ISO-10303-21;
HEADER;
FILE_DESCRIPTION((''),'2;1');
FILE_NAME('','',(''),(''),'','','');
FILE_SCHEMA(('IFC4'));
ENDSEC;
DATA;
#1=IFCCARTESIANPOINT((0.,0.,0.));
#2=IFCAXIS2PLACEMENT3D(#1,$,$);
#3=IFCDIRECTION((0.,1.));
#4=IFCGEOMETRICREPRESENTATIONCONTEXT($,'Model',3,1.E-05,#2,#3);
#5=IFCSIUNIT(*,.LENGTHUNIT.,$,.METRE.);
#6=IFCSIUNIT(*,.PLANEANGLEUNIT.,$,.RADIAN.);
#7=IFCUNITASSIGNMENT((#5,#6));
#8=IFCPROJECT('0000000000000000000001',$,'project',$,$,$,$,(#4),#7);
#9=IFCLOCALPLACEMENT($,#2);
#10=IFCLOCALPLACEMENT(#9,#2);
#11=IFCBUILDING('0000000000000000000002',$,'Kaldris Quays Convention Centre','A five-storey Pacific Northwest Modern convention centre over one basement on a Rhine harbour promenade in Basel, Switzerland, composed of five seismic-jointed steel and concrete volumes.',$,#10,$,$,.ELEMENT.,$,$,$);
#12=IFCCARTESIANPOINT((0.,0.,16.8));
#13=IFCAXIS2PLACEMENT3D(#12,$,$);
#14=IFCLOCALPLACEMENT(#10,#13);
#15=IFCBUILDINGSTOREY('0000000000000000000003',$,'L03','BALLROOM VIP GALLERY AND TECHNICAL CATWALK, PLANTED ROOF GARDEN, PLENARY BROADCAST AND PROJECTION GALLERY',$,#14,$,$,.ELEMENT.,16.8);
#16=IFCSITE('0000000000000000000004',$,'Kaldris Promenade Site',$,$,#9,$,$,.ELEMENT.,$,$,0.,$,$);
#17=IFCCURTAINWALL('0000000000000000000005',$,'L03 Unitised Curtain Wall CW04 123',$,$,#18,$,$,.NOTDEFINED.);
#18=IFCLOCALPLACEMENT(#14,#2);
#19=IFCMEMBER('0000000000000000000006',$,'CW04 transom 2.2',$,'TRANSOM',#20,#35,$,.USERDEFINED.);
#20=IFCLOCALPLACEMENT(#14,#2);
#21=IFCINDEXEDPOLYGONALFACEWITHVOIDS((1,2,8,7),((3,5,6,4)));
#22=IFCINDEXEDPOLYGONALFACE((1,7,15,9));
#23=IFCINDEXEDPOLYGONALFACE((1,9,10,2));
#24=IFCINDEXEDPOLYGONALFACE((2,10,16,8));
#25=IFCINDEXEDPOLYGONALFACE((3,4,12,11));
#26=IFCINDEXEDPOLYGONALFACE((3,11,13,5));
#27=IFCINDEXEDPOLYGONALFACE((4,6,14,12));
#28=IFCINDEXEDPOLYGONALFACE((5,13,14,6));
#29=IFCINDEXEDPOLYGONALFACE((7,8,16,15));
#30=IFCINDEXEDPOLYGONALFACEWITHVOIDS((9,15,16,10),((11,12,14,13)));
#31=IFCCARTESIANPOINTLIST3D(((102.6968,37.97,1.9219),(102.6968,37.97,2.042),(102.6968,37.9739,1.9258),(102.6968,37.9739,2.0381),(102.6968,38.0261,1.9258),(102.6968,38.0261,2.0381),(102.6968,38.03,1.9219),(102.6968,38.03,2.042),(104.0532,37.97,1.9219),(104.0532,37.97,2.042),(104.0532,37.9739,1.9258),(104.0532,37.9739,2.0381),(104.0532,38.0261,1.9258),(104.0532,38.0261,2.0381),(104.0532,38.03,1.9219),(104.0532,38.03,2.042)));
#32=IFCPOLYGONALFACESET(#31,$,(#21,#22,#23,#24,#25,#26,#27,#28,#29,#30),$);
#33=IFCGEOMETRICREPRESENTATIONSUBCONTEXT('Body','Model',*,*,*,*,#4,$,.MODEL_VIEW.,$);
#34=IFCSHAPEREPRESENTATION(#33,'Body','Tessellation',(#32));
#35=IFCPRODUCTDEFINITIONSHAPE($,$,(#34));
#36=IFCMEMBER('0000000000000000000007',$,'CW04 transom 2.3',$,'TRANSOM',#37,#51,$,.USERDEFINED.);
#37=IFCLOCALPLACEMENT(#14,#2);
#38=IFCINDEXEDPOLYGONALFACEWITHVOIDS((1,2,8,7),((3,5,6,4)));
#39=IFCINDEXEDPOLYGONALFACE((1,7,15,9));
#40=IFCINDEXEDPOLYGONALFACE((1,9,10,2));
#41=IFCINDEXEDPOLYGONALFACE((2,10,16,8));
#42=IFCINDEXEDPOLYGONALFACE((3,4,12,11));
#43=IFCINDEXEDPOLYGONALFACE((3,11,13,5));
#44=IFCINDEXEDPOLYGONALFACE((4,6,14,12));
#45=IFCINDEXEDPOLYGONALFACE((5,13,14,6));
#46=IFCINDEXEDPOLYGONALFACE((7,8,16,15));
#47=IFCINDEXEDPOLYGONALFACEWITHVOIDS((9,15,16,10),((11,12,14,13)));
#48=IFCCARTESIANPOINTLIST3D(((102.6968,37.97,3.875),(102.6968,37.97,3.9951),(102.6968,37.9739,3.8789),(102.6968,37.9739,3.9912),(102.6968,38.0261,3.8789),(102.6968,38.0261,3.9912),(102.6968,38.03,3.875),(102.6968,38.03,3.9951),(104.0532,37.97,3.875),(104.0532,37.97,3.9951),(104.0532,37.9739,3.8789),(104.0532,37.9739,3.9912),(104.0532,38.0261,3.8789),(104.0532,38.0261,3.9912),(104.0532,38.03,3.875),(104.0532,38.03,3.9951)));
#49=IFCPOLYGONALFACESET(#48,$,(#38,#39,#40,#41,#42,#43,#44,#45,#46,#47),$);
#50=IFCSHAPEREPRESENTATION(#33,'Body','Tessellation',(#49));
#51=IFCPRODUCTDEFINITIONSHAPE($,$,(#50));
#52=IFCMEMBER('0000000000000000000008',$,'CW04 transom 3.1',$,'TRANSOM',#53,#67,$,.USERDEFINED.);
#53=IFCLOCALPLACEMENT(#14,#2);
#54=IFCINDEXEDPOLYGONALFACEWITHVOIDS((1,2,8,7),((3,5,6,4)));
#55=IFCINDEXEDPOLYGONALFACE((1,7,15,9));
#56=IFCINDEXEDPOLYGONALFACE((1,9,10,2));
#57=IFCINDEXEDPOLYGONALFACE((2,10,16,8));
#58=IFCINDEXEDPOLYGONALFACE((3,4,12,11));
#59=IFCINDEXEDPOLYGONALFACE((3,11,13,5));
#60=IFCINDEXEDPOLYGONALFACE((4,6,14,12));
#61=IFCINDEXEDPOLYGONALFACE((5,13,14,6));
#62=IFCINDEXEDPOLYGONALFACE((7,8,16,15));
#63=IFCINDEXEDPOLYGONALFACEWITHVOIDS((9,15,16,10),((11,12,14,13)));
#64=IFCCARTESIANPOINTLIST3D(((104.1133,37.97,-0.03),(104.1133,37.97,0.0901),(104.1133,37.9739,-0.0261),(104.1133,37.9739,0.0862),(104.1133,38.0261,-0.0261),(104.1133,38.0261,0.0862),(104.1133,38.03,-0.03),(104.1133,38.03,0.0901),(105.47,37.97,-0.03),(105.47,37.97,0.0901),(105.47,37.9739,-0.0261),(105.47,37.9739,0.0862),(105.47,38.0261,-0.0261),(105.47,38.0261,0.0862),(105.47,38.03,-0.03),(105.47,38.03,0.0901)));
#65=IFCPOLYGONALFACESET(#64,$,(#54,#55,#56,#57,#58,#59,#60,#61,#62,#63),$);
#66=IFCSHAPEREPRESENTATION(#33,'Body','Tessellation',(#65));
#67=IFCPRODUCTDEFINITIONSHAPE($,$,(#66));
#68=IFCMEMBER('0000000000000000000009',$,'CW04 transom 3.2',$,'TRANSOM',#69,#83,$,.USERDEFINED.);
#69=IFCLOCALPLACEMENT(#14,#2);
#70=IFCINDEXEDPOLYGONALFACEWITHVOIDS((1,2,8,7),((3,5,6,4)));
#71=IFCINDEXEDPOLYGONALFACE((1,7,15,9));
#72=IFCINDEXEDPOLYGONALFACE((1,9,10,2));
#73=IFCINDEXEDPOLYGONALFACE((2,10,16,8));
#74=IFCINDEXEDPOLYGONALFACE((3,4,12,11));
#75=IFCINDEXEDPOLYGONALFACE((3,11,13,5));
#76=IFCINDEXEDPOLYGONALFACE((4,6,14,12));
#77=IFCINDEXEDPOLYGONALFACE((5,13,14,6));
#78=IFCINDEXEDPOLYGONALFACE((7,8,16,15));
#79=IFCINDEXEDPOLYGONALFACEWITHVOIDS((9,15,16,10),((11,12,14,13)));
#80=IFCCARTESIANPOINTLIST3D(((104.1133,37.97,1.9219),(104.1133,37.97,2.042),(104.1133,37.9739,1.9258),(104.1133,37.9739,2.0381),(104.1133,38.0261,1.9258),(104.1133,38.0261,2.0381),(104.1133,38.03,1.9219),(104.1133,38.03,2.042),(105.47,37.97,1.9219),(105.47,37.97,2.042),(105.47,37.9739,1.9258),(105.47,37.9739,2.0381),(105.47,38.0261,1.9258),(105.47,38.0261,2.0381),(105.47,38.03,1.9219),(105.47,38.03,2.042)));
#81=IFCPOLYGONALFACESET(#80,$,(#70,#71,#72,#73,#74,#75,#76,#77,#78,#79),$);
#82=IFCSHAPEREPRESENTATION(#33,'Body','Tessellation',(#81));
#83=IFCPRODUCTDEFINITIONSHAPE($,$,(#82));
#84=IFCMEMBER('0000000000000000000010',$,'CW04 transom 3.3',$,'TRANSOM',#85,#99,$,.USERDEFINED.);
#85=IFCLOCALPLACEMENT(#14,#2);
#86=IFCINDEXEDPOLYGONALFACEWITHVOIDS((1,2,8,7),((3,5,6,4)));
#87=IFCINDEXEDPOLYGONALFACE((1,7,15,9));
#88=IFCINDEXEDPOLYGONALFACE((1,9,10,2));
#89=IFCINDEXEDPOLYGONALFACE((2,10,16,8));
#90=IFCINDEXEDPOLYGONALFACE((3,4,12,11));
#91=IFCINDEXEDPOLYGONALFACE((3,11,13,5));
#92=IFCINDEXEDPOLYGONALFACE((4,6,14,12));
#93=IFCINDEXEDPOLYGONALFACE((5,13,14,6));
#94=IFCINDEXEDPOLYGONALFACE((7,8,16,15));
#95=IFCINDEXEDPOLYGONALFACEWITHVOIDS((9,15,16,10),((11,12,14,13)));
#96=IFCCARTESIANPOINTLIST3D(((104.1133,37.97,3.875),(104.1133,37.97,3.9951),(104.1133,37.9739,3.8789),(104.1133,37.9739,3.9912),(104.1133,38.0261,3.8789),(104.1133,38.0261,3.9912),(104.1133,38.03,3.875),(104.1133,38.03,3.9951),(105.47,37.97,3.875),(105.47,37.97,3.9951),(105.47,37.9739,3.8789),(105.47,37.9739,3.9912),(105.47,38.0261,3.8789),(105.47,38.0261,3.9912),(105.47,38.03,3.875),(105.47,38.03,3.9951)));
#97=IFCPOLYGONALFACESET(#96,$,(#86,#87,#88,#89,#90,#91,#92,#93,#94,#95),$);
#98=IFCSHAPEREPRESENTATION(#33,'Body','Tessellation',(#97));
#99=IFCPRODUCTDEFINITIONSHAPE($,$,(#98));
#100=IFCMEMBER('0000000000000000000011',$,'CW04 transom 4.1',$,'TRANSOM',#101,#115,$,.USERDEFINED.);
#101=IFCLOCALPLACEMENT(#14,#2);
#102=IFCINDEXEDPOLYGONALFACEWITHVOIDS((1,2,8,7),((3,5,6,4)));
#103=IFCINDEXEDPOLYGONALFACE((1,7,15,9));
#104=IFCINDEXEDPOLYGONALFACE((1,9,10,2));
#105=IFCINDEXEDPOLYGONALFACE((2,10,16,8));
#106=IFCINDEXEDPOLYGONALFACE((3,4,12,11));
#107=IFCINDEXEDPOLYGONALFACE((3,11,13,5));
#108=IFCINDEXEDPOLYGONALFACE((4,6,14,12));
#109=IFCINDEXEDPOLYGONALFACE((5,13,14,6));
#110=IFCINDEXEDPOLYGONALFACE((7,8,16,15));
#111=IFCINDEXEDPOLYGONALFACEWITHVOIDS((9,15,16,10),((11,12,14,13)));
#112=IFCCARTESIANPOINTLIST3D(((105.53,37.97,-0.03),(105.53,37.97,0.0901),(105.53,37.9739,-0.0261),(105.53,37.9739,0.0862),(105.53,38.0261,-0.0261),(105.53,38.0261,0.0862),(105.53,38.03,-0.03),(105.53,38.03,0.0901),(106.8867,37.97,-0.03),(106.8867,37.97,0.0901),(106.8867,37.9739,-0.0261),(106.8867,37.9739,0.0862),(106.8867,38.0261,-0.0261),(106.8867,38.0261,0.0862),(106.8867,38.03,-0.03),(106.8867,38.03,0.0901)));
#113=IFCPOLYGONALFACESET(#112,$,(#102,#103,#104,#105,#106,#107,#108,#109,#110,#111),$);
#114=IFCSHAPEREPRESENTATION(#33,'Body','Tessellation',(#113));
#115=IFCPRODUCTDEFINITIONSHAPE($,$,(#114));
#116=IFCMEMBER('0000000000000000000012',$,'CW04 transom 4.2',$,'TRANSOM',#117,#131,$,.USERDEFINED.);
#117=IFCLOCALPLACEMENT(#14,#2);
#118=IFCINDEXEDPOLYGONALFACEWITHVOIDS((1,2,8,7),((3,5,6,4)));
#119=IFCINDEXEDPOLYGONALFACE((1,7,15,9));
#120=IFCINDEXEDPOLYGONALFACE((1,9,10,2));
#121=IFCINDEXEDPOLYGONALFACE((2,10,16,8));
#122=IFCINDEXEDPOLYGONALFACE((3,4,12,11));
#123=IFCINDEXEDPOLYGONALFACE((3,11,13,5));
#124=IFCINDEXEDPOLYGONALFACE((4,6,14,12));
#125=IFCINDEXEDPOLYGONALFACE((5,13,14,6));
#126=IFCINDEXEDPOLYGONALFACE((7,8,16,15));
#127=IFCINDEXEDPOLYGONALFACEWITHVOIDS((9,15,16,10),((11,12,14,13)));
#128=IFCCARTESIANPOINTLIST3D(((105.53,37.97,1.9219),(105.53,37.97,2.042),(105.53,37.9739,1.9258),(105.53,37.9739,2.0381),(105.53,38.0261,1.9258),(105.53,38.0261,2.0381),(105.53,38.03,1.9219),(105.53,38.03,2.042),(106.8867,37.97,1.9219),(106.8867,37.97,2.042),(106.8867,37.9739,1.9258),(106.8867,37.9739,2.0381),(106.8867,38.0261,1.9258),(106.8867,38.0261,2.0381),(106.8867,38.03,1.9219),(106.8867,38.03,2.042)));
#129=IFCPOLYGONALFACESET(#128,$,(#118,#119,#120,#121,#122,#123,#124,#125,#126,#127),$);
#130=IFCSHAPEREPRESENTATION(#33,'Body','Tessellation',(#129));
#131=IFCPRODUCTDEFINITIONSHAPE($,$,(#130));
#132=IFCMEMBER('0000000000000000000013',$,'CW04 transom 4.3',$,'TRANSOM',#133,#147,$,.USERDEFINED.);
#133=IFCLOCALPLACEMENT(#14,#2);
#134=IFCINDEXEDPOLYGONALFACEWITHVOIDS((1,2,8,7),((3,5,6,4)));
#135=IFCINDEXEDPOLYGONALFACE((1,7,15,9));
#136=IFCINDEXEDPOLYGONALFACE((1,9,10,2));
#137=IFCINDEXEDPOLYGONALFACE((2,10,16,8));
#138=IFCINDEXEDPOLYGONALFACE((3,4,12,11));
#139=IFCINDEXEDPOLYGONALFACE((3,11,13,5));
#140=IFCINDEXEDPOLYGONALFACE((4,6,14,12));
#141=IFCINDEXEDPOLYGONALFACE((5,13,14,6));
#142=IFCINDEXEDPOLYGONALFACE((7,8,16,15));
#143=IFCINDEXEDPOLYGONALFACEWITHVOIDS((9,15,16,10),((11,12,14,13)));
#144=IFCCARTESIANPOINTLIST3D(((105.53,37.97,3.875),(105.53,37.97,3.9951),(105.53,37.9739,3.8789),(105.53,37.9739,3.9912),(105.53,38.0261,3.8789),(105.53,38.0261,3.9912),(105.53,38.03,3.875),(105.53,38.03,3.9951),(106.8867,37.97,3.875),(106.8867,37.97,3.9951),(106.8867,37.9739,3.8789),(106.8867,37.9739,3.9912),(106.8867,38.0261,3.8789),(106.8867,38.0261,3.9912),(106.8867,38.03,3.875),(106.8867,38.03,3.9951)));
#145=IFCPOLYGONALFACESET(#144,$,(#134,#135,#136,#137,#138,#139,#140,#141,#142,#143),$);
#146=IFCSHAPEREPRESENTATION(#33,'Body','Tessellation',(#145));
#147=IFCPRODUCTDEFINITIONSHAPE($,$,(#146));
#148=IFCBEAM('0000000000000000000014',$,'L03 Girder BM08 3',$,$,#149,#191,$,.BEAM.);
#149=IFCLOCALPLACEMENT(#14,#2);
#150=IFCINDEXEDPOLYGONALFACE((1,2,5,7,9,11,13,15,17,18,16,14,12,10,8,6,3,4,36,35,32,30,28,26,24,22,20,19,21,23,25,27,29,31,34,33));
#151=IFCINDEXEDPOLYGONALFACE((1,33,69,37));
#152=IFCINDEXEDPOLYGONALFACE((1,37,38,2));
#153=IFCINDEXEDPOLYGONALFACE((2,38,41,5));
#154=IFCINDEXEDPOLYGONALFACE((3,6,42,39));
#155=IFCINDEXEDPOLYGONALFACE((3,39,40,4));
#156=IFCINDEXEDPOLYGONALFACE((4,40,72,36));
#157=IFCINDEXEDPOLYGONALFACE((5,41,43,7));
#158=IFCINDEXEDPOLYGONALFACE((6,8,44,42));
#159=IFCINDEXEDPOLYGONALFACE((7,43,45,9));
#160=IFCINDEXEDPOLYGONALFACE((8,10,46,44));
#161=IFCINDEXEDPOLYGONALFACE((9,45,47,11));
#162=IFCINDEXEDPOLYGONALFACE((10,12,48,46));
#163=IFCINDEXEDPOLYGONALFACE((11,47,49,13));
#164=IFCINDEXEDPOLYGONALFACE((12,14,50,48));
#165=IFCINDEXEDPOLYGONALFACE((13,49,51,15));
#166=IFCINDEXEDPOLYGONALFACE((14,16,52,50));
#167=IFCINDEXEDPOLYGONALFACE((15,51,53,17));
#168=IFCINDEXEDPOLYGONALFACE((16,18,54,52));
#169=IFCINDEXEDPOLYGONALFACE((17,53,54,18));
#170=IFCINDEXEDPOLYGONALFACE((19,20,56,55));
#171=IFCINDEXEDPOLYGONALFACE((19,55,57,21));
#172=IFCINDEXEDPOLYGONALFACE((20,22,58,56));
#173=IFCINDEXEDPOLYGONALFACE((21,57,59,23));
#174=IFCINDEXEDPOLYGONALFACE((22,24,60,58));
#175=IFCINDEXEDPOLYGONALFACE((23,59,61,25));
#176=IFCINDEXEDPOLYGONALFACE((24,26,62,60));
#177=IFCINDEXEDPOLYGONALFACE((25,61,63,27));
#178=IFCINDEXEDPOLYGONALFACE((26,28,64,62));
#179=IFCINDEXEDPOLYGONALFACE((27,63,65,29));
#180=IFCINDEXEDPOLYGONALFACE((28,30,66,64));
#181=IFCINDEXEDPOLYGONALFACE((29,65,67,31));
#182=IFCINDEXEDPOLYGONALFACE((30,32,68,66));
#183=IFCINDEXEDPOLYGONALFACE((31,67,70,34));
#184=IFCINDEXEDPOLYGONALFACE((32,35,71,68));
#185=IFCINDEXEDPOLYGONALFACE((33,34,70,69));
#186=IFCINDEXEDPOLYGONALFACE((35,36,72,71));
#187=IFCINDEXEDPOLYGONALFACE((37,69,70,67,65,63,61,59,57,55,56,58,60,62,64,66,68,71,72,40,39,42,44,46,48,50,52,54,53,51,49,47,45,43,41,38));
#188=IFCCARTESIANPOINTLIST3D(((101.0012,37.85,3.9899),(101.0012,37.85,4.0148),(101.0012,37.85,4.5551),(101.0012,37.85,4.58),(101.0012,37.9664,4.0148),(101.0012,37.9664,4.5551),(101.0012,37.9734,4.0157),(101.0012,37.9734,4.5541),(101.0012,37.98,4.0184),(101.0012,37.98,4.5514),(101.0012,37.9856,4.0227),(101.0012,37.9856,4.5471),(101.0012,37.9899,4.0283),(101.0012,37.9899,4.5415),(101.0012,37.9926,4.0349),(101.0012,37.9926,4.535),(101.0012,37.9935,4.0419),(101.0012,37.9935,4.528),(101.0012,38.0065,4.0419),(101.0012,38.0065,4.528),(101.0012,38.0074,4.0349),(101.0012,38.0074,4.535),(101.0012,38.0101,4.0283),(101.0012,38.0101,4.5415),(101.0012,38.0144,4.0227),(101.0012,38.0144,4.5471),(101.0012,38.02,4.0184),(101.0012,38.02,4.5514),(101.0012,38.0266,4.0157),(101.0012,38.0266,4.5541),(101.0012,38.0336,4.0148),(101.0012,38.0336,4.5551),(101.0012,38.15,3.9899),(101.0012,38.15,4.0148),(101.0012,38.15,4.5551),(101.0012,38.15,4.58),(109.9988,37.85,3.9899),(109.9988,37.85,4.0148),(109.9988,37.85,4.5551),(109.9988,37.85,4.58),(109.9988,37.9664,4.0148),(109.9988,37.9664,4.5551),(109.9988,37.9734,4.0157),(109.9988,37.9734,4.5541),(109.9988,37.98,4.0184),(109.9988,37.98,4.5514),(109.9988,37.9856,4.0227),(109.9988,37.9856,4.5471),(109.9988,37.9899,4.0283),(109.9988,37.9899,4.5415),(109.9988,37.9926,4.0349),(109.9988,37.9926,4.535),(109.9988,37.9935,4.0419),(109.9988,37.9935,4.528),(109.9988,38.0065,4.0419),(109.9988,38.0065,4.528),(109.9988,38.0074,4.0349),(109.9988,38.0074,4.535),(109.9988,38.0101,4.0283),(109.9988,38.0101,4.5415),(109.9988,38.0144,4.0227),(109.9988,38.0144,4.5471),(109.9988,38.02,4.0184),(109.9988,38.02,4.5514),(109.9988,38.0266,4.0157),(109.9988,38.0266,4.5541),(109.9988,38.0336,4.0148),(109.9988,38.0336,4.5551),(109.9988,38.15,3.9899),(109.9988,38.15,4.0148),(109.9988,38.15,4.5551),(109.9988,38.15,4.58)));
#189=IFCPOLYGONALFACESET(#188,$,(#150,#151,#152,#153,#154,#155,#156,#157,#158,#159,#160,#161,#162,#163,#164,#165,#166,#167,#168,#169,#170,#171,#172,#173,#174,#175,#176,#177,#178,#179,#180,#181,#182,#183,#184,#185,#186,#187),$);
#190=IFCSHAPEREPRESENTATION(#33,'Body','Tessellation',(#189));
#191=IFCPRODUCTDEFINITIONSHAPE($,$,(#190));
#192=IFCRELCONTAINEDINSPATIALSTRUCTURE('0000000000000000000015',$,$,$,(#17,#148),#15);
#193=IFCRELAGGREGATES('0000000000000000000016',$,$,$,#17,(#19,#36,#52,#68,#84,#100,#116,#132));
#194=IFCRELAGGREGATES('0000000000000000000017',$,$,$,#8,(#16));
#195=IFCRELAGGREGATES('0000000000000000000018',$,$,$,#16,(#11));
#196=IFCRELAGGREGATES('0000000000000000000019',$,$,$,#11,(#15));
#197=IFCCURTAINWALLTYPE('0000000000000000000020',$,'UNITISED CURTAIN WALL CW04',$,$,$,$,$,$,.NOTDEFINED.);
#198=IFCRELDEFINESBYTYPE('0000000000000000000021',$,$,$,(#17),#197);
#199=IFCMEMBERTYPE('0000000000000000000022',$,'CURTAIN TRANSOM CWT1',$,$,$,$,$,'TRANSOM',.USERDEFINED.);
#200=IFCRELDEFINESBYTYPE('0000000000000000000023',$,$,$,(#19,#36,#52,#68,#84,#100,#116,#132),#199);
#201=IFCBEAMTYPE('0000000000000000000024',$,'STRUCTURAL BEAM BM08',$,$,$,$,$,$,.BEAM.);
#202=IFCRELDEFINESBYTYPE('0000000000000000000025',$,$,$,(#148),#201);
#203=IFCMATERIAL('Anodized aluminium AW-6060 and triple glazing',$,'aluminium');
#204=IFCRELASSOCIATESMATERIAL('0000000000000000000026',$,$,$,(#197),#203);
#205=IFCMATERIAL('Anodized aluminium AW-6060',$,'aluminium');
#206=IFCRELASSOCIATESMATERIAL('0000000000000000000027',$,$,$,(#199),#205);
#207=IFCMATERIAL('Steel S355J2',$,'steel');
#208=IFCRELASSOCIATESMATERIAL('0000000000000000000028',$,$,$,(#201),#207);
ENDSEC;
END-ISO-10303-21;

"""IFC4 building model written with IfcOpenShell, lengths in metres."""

from ifc_helpers import new_model, si_unit, direction, frame, origin, origin_2d, place, context, subcontext, project, spatial, hollow_rectangle, i_section, extrude, material, material_profile, profile_set, type_object, element, aggregate, save


model = new_model("IFC4")

# Units and contexts
model_context = context("Model", 3, precision=1e-05, world=origin(), true_north=direction((0.0, 1.0)))
body_context = subcontext(model_context, "Body", "Model", "MODEL_VIEW")
ifc_project = project(units=[si_unit("LENGTHUNIT", "METRE"), si_unit("PLANEANGLEUNIT", "RADIAN")], contexts=[model_context])

# Site, building, storey
site_placement = place(None, origin())
site = spatial("IfcSite", under=ifc_project, at=site_placement, Name="Kaldris Promenade Site", CompositionType="ELEMENT", RefElevation=0.0)
building_placement = place(site_placement, origin())
building = spatial("IfcBuilding", under=site, at=building_placement, Name="Kaldris Quays Convention Centre", Description="A five-storey Pacific Northwest Modern convention centre over one basement on a Rhine harbour promenade in Basel, Switzerland, composed of five seismic-jointed steel and concrete volumes.", CompositionType="ELEMENT")
storey_placement = place(building_placement, frame((0.0, 0.0, 16.8)))
storey = spatial("IfcBuildingStorey", under=building, at=storey_placement, Name="L03", Description="BALLROOM VIP GALLERY AND TECHNICAL CATWALK, PLANTED ROOF GARDEN, PLENARY BROADCAST AND PROJECTION GALLERY", CompositionType="ELEMENT", Elevation=16.8)

# Shared definitions
ifc_material_1 = material(Name="Steel S355J2", Category="steel")

# Curtain wall, members
ifc_material_2 = material(Name="Anodized aluminium AW-6060 and triple glazing", Category="aluminium")
curtain_wall_type = type_object("IfcCurtainWallType", Name="UNITISED CURTAIN WALL CW04", PredefinedType="NOTDEFINED", material=ifc_material_2)
curtain_wall_placement = place(storey_placement, origin())
curtain_wall = element("IfcCurtainWall", 1, at=curtain_wall_placement, inside=storey, type_object=curtain_wall_type, Name="L03 Unitised Curtain Wall CW04 123", PredefinedType="NOTDEFINED")
ifc_material_3 = material(Name="Anodized aluminium AW-6060", Category="aluminium")
ifc_material_profile_1 = material_profile(ifc_material_3, hollow_rectangle(XDim=0.0601, YDim=0.1201, WallThickness=0.0039, at=origin_2d()), Name="RHS 120x60x4")
ifc_profile_set_1 = profile_set([ifc_material_profile_1], Name="Anodized aluminium AW-6060")
member_type_1 = type_object("IfcMemberType", Name="CURTAIN TRANSOM CWT1", ElementType="TRANSOM", PredefinedType="USERDEFINED", material=ifc_profile_set_1)
member_1_placement = place(storey_placement, frame((102.6968, 38.0, 1.9819), z_axis=(1.0, 0.0, 0.0), x_axis=(0.0, 1.0, 0.0)))
member_1 = element("IfcMember", 2, at=member_1_placement, type_object=member_type_1, Name="CW04 transom 2.2", ObjectType="TRANSOM", PredefinedType="USERDEFINED", context=body_context, shape_type="SweptSolid", body=[
    extrude(hollow_rectangle(XDim=0.0601, YDim=0.1201, WallThickness=0.0039, at=origin_2d()), origin(), (0.0, 0.0, 1.0), 1.3564),
])
member_2_placement = place(storey_placement, frame((102.6968, 38.0, 3.9351), z_axis=(1.0, 0.0, 0.0), x_axis=(0.0, 1.0, 0.0)))
member_2 = element("IfcMember", 3, at=member_2_placement, type_object=member_type_1, Name="CW04 transom 2.3", ObjectType="TRANSOM", PredefinedType="USERDEFINED", context=body_context, shape_type="SweptSolid", body=[
    extrude(hollow_rectangle(XDim=0.0601, YDim=0.1201, WallThickness=0.0039, at=origin_2d()), origin(), (0.0, 0.0, 1.0), 1.3564),
])
member_3_placement = place(storey_placement, frame((104.1133, 38.0, 0.03), z_axis=(1.0, 0.0, 0.0), x_axis=(0.0, 1.0, 0.0)))
member_3 = element("IfcMember", 4, at=member_3_placement, type_object=member_type_1, Name="CW04 transom 3.1", ObjectType="TRANSOM", PredefinedType="USERDEFINED", context=body_context, shape_type="SweptSolid", body=[
    extrude(hollow_rectangle(XDim=0.0601, YDim=0.1201, WallThickness=0.0039, at=origin_2d()), origin(), (0.0, 0.0, 1.0), 1.3567),
])
member_4_placement = place(storey_placement, frame((104.1133, 38.0, 1.9819), z_axis=(1.0, 0.0, 0.0), x_axis=(0.0, 1.0, 0.0)))
member_4 = element("IfcMember", 5, at=member_4_placement, type_object=member_type_1, Name="CW04 transom 3.2", ObjectType="TRANSOM", PredefinedType="USERDEFINED", context=body_context, shape_type="SweptSolid", body=[
    extrude(hollow_rectangle(XDim=0.0601, YDim=0.1201, WallThickness=0.0039, at=origin_2d()), origin(), (0.0, 0.0, 1.0), 1.3567),
])
member_5_placement = place(storey_placement, frame((104.1133, 38.0, 3.9351), z_axis=(1.0, 0.0, 0.0), x_axis=(0.0, 1.0, 0.0)))
member_5 = element("IfcMember", 6, at=member_5_placement, type_object=member_type_1, Name="CW04 transom 3.3", ObjectType="TRANSOM", PredefinedType="USERDEFINED", context=body_context, shape_type="SweptSolid", body=[
    extrude(hollow_rectangle(XDim=0.0601, YDim=0.1201, WallThickness=0.0039, at=origin_2d()), origin(), (0.0, 0.0, 1.0), 1.3567),
])
member_6_placement = place(storey_placement, frame((105.53, 38.0, 0.03), z_axis=(1.0, 0.0, 0.0), x_axis=(0.0, 1.0, 0.0)))
member_6 = element("IfcMember", 7, at=member_6_placement, type_object=member_type_1, Name="CW04 transom 4.1", ObjectType="TRANSOM", PredefinedType="USERDEFINED", context=body_context, shape_type="SweptSolid", body=[
    extrude(hollow_rectangle(XDim=0.0601, YDim=0.1201, WallThickness=0.0039, at=origin_2d()), origin(), (0.0, 0.0, 1.0), 1.3567),
])
member_7_placement = place(storey_placement, frame((105.53, 38.0, 1.9819), z_axis=(1.0, 0.0, 0.0), x_axis=(0.0, 1.0, 0.0)))
member_7 = element("IfcMember", 8, at=member_7_placement, type_object=member_type_1, Name="CW04 transom 4.2", ObjectType="TRANSOM", PredefinedType="USERDEFINED", context=body_context, shape_type="SweptSolid", body=[
    extrude(hollow_rectangle(XDim=0.0601, YDim=0.1201, WallThickness=0.0039, at=origin_2d()), origin(), (0.0, 0.0, 1.0), 1.3567),
])
member_8_placement = place(storey_placement, frame((105.53, 38.0, 3.9351), z_axis=(1.0, 0.0, 0.0), x_axis=(0.0, 1.0, 0.0)))
member_8 = element("IfcMember", 9, at=member_8_placement, type_object=member_type_1, Name="CW04 transom 4.3", ObjectType="TRANSOM", PredefinedType="USERDEFINED", context=body_context, shape_type="SweptSolid", body=[
    extrude(hollow_rectangle(XDim=0.0601, YDim=0.1201, WallThickness=0.0039, at=origin_2d()), origin(), (0.0, 0.0, 1.0), 1.3567),
])

# Beam
ifc_material_profile_2 = material_profile(ifc_material_1, i_section(OverallWidth=0.3, OverallDepth=0.5901, WebThickness=0.0129, FlangeThickness=0.0249, FilletRadius=0.0271, at=origin_2d()), Name="HEA 600")
ifc_profile_set_2 = profile_set([ifc_material_profile_2], Name="Steel S355J2")
beam_type = type_object("IfcBeamType", Name="STRUCTURAL BEAM BM08", PredefinedType="BEAM", material=ifc_profile_set_2)
beam_placement = place(storey_placement, frame((101.0012, 38.0, 4.2849), z_axis=(1.0, 0.0, 0.0), x_axis=(0.0, 1.0, 0.0)))
element("IfcBeam", 10, at=beam_placement, inside=storey, type_object=beam_type, Name="L03 Girder BM08 3", PredefinedType="BEAM", context=body_context, shape_type="SweptSolid", body=[
    extrude(i_section(OverallWidth=0.3, OverallDepth=0.5901, WebThickness=0.0129, FlangeThickness=0.0249, FilletRadius=0.0271, at=origin_2d()), origin(), (0.0, 0.0, 1.0), 8.9976),
])

aggregate(curtain_wall, [member_1, member_2, member_3, member_4, member_5, member_6, member_7, member_8])

save(model, "model.ifc")
